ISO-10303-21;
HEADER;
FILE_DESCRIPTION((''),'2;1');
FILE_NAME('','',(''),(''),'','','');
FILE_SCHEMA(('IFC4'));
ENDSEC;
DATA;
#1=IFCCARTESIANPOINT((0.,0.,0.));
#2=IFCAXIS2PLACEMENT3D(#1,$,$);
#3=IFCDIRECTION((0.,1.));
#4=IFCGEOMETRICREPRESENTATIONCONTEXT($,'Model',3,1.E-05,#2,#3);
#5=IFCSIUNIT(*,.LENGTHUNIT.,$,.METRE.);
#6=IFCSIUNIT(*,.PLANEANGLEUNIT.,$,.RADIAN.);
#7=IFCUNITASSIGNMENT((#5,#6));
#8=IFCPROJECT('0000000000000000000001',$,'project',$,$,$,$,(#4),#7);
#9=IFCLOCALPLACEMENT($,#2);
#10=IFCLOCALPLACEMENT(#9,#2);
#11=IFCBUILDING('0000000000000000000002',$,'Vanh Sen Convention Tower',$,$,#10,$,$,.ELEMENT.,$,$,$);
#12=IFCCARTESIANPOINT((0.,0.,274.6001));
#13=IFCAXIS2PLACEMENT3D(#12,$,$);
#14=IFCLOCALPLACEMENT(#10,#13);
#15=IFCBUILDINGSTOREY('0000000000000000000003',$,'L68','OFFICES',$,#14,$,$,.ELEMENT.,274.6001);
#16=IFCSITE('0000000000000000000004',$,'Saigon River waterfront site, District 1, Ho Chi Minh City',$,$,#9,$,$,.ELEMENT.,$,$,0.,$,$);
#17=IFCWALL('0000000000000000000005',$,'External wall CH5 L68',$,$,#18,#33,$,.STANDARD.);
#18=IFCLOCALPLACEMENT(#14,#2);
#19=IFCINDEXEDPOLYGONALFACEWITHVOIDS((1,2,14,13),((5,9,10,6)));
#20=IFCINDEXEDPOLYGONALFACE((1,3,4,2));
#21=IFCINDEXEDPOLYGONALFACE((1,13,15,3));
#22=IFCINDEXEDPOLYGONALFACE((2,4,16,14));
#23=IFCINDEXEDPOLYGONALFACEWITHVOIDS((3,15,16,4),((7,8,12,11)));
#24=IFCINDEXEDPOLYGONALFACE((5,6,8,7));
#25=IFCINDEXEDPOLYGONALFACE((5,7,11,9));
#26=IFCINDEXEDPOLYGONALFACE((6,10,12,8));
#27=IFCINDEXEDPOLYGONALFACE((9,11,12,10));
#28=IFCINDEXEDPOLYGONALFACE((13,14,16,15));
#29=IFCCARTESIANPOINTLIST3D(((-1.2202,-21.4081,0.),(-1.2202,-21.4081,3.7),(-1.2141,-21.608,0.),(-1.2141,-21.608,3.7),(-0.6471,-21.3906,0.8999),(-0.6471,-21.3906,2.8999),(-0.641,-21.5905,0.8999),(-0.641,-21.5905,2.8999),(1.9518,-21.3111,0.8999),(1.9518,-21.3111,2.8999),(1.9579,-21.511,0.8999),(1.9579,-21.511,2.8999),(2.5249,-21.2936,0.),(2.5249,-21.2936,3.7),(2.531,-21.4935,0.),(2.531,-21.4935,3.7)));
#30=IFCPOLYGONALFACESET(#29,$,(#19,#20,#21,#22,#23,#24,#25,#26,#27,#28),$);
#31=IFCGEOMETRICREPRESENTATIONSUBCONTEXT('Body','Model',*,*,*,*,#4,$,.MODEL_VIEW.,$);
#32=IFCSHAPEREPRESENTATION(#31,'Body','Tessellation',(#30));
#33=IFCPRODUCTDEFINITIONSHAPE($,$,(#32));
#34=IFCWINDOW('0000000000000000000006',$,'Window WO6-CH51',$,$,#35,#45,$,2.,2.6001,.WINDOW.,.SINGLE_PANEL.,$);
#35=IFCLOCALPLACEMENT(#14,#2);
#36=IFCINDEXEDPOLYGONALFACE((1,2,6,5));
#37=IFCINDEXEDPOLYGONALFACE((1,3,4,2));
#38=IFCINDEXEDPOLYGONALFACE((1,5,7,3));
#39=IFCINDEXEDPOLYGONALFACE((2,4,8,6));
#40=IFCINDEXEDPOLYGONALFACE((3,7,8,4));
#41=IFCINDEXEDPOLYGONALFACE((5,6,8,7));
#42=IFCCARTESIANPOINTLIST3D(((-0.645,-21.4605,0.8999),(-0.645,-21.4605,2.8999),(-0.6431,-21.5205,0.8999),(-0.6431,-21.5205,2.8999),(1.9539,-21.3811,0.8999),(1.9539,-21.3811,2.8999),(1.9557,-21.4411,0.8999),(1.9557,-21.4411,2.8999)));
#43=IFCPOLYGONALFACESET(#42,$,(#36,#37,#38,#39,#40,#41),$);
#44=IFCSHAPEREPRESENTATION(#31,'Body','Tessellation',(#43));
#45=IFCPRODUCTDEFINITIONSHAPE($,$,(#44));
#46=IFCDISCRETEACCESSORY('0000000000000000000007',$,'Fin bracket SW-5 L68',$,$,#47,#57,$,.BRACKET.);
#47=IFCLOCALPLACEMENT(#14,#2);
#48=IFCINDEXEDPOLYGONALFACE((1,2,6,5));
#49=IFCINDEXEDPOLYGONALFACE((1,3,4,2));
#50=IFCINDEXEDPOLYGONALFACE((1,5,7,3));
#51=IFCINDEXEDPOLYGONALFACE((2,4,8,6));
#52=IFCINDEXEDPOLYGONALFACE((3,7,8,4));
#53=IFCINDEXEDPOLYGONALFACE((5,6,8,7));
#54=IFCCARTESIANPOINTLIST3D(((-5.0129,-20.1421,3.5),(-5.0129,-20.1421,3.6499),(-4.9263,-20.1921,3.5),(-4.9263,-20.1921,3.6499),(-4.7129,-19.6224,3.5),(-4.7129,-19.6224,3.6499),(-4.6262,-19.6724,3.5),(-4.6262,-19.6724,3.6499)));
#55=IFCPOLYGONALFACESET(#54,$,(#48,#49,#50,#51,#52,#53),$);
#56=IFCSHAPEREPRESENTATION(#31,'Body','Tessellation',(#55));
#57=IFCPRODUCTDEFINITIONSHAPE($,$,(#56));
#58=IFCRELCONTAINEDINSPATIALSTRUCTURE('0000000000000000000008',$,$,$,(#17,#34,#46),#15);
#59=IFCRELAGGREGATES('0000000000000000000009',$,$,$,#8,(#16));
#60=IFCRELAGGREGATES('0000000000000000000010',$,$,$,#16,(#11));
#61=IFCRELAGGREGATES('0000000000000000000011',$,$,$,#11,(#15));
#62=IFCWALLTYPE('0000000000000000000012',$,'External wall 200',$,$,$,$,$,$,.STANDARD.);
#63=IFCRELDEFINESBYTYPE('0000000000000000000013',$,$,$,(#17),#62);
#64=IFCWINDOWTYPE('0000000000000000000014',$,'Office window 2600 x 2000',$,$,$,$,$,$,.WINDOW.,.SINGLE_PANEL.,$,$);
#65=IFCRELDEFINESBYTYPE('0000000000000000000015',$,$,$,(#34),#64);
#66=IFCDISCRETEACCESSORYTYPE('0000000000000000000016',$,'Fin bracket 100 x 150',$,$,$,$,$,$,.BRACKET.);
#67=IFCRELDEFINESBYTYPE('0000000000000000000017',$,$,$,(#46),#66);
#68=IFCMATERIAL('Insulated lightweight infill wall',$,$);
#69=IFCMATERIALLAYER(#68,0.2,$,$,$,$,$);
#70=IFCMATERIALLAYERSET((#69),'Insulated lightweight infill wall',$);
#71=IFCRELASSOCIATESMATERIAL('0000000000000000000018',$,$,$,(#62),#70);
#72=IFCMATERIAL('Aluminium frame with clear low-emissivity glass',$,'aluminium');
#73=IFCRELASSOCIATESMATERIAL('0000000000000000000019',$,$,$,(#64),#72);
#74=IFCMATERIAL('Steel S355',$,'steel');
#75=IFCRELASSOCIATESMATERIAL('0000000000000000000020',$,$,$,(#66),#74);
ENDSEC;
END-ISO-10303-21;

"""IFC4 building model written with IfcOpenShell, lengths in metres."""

from ifc_helpers import new_model, si_unit, direction, frame, frame_2d, origin, origin_2d, place, context, subcontext, project, spatial, rectangle, extrude, material, layer, layer_set, type_object, element, fill, save


model = new_model("IFC4")

# Units and contexts
model_context = context("Model", 3, precision=1e-05, world=origin(), true_north=direction((0.0, 1.0)))
body_context = subcontext(model_context, "Body", "Model", "MODEL_VIEW")
ifc_project = project(units=[si_unit("LENGTHUNIT", "METRE"), si_unit("PLANEANGLEUNIT", "RADIAN")], contexts=[model_context])

# Site, building, storey
site_placement = place(None, origin())
site = spatial("IfcSite", under=ifc_project, at=site_placement, Name="Saigon River waterfront site, District 1, Ho Chi Minh City", CompositionType="ELEMENT", RefElevation=0.0)
building_placement = place(site_placement, origin())
building = spatial("IfcBuilding", under=site, at=building_placement, Name="Vanh Sen Convention Tower", CompositionType="ELEMENT")
storey_placement = place(building_placement, frame((0.0, 0.0, 274.6001)))
storey = spatial("IfcBuildingStorey", under=building, at=storey_placement, Name="L68", Description="OFFICES", CompositionType="ELEMENT", Elevation=274.6001)

# Wall, opening, window
ifc_material_1 = material(Name="Insulated lightweight infill wall")
ifc_layer_1 = layer(ifc_material_1, 0.2)
ifc_layer_set_1 = layer_set([ifc_layer_1], Name="Insulated lightweight infill wall")
wall_type_1 = type_object("IfcWallType", Name="External wall 200", PredefinedType="STANDARD", material=ifc_layer_set_1)
wall_1_placement = place(storey_placement, frame((-1.2173, -21.5081, 0.0), z_axis=(0.0, 0.0, 1.0), x_axis=(0.999533, 0.030559, 0.0)))
wall_1 = element("IfcWall", 1, at=wall_1_placement, inside=storey, type_object=wall_type_1, Name="External wall CH5 L68", PredefinedType="STANDARD", context=body_context, shape_type="SweptSolid", body=[
    extrude(rectangle(XDim=3.7468, YDim=0.2, at=frame_2d((1.8735, 0.0))), origin(), (0.0, 0.0, 1.0), 3.7),
])
opening_1_placement = place(wall_1_placement, frame((0.5735, 0.0, 0.8999)))
opening_1 = element("IfcOpeningElement", 2, at=opening_1_placement, cuts=wall_1, PredefinedType="OPENING", context=body_context, shape_type="SweptSolid", body=[
    extrude(rectangle(XDim=2.6001, YDim=2.0, at=frame_2d((1.3, 1.0))), frame((0.0, 0.1099, 0.0), z_axis=(0.0, -1.0, 0.0), x_axis=(1.0, 0.0, 0.0)), (0.0, 0.0, 1.0), 0.22),
])
ifc_material_2 = material(Name="Aluminium frame with clear low-emissivity glass", Category="aluminium")
window_type = type_object("IfcWindowType", Name="Office window 2600 x 2000", PartitioningType="SINGLE_PANEL", PredefinedType="WINDOW", material=ifc_material_2)
window_placement = place(opening_1_placement, origin())
window = element("IfcWindow", 3, at=window_placement, inside=storey, type_object=window_type, Name="Window WO6-CH51", OverallHeight=2.0, OverallWidth=2.6001, PartitioningType="SINGLE_PANEL", PredefinedType="WINDOW", context=body_context, shape_type="SweptSolid", body=[
    extrude(rectangle(XDim=2.6001, YDim=2.0, at=frame_2d((1.3, 1.0))), frame((0.0, 0.03, 0.0), z_axis=(0.0, -1.0, 0.0), x_axis=(1.0, 0.0, 0.0)), (0.0, 0.0, 1.0), 0.0601),
])
fill(opening_1, window)

# Discrete accessory
ifc_material_3 = material(Name="Steel S355", Category="steel")
discrete_accessory_type = type_object("IfcDiscreteAccessoryType", Name="Fin bracket 100 x 150", PredefinedType="BRACKET", material=ifc_material_3)
discrete_accessory_placement = place(storey_placement, frame((-4.8196, -19.9072, 3.5), z_axis=(0.0, 0.0, 1.0), x_axis=(-0.5, -0.866025, 0.0)))
element("IfcDiscreteAccessory", 4, at=discrete_accessory_placement, inside=storey, type_object=discrete_accessory_type, Name="Fin bracket SW-5 L68", PredefinedType="BRACKET", context=body_context, shape_type="SweptSolid", body=[
    extrude(rectangle(XDim=0.6001, YDim=0.1001, at=origin_2d()), origin(), (0.0, 0.0, 1.0), 0.1499),
])

save(model, "model.ifc")
